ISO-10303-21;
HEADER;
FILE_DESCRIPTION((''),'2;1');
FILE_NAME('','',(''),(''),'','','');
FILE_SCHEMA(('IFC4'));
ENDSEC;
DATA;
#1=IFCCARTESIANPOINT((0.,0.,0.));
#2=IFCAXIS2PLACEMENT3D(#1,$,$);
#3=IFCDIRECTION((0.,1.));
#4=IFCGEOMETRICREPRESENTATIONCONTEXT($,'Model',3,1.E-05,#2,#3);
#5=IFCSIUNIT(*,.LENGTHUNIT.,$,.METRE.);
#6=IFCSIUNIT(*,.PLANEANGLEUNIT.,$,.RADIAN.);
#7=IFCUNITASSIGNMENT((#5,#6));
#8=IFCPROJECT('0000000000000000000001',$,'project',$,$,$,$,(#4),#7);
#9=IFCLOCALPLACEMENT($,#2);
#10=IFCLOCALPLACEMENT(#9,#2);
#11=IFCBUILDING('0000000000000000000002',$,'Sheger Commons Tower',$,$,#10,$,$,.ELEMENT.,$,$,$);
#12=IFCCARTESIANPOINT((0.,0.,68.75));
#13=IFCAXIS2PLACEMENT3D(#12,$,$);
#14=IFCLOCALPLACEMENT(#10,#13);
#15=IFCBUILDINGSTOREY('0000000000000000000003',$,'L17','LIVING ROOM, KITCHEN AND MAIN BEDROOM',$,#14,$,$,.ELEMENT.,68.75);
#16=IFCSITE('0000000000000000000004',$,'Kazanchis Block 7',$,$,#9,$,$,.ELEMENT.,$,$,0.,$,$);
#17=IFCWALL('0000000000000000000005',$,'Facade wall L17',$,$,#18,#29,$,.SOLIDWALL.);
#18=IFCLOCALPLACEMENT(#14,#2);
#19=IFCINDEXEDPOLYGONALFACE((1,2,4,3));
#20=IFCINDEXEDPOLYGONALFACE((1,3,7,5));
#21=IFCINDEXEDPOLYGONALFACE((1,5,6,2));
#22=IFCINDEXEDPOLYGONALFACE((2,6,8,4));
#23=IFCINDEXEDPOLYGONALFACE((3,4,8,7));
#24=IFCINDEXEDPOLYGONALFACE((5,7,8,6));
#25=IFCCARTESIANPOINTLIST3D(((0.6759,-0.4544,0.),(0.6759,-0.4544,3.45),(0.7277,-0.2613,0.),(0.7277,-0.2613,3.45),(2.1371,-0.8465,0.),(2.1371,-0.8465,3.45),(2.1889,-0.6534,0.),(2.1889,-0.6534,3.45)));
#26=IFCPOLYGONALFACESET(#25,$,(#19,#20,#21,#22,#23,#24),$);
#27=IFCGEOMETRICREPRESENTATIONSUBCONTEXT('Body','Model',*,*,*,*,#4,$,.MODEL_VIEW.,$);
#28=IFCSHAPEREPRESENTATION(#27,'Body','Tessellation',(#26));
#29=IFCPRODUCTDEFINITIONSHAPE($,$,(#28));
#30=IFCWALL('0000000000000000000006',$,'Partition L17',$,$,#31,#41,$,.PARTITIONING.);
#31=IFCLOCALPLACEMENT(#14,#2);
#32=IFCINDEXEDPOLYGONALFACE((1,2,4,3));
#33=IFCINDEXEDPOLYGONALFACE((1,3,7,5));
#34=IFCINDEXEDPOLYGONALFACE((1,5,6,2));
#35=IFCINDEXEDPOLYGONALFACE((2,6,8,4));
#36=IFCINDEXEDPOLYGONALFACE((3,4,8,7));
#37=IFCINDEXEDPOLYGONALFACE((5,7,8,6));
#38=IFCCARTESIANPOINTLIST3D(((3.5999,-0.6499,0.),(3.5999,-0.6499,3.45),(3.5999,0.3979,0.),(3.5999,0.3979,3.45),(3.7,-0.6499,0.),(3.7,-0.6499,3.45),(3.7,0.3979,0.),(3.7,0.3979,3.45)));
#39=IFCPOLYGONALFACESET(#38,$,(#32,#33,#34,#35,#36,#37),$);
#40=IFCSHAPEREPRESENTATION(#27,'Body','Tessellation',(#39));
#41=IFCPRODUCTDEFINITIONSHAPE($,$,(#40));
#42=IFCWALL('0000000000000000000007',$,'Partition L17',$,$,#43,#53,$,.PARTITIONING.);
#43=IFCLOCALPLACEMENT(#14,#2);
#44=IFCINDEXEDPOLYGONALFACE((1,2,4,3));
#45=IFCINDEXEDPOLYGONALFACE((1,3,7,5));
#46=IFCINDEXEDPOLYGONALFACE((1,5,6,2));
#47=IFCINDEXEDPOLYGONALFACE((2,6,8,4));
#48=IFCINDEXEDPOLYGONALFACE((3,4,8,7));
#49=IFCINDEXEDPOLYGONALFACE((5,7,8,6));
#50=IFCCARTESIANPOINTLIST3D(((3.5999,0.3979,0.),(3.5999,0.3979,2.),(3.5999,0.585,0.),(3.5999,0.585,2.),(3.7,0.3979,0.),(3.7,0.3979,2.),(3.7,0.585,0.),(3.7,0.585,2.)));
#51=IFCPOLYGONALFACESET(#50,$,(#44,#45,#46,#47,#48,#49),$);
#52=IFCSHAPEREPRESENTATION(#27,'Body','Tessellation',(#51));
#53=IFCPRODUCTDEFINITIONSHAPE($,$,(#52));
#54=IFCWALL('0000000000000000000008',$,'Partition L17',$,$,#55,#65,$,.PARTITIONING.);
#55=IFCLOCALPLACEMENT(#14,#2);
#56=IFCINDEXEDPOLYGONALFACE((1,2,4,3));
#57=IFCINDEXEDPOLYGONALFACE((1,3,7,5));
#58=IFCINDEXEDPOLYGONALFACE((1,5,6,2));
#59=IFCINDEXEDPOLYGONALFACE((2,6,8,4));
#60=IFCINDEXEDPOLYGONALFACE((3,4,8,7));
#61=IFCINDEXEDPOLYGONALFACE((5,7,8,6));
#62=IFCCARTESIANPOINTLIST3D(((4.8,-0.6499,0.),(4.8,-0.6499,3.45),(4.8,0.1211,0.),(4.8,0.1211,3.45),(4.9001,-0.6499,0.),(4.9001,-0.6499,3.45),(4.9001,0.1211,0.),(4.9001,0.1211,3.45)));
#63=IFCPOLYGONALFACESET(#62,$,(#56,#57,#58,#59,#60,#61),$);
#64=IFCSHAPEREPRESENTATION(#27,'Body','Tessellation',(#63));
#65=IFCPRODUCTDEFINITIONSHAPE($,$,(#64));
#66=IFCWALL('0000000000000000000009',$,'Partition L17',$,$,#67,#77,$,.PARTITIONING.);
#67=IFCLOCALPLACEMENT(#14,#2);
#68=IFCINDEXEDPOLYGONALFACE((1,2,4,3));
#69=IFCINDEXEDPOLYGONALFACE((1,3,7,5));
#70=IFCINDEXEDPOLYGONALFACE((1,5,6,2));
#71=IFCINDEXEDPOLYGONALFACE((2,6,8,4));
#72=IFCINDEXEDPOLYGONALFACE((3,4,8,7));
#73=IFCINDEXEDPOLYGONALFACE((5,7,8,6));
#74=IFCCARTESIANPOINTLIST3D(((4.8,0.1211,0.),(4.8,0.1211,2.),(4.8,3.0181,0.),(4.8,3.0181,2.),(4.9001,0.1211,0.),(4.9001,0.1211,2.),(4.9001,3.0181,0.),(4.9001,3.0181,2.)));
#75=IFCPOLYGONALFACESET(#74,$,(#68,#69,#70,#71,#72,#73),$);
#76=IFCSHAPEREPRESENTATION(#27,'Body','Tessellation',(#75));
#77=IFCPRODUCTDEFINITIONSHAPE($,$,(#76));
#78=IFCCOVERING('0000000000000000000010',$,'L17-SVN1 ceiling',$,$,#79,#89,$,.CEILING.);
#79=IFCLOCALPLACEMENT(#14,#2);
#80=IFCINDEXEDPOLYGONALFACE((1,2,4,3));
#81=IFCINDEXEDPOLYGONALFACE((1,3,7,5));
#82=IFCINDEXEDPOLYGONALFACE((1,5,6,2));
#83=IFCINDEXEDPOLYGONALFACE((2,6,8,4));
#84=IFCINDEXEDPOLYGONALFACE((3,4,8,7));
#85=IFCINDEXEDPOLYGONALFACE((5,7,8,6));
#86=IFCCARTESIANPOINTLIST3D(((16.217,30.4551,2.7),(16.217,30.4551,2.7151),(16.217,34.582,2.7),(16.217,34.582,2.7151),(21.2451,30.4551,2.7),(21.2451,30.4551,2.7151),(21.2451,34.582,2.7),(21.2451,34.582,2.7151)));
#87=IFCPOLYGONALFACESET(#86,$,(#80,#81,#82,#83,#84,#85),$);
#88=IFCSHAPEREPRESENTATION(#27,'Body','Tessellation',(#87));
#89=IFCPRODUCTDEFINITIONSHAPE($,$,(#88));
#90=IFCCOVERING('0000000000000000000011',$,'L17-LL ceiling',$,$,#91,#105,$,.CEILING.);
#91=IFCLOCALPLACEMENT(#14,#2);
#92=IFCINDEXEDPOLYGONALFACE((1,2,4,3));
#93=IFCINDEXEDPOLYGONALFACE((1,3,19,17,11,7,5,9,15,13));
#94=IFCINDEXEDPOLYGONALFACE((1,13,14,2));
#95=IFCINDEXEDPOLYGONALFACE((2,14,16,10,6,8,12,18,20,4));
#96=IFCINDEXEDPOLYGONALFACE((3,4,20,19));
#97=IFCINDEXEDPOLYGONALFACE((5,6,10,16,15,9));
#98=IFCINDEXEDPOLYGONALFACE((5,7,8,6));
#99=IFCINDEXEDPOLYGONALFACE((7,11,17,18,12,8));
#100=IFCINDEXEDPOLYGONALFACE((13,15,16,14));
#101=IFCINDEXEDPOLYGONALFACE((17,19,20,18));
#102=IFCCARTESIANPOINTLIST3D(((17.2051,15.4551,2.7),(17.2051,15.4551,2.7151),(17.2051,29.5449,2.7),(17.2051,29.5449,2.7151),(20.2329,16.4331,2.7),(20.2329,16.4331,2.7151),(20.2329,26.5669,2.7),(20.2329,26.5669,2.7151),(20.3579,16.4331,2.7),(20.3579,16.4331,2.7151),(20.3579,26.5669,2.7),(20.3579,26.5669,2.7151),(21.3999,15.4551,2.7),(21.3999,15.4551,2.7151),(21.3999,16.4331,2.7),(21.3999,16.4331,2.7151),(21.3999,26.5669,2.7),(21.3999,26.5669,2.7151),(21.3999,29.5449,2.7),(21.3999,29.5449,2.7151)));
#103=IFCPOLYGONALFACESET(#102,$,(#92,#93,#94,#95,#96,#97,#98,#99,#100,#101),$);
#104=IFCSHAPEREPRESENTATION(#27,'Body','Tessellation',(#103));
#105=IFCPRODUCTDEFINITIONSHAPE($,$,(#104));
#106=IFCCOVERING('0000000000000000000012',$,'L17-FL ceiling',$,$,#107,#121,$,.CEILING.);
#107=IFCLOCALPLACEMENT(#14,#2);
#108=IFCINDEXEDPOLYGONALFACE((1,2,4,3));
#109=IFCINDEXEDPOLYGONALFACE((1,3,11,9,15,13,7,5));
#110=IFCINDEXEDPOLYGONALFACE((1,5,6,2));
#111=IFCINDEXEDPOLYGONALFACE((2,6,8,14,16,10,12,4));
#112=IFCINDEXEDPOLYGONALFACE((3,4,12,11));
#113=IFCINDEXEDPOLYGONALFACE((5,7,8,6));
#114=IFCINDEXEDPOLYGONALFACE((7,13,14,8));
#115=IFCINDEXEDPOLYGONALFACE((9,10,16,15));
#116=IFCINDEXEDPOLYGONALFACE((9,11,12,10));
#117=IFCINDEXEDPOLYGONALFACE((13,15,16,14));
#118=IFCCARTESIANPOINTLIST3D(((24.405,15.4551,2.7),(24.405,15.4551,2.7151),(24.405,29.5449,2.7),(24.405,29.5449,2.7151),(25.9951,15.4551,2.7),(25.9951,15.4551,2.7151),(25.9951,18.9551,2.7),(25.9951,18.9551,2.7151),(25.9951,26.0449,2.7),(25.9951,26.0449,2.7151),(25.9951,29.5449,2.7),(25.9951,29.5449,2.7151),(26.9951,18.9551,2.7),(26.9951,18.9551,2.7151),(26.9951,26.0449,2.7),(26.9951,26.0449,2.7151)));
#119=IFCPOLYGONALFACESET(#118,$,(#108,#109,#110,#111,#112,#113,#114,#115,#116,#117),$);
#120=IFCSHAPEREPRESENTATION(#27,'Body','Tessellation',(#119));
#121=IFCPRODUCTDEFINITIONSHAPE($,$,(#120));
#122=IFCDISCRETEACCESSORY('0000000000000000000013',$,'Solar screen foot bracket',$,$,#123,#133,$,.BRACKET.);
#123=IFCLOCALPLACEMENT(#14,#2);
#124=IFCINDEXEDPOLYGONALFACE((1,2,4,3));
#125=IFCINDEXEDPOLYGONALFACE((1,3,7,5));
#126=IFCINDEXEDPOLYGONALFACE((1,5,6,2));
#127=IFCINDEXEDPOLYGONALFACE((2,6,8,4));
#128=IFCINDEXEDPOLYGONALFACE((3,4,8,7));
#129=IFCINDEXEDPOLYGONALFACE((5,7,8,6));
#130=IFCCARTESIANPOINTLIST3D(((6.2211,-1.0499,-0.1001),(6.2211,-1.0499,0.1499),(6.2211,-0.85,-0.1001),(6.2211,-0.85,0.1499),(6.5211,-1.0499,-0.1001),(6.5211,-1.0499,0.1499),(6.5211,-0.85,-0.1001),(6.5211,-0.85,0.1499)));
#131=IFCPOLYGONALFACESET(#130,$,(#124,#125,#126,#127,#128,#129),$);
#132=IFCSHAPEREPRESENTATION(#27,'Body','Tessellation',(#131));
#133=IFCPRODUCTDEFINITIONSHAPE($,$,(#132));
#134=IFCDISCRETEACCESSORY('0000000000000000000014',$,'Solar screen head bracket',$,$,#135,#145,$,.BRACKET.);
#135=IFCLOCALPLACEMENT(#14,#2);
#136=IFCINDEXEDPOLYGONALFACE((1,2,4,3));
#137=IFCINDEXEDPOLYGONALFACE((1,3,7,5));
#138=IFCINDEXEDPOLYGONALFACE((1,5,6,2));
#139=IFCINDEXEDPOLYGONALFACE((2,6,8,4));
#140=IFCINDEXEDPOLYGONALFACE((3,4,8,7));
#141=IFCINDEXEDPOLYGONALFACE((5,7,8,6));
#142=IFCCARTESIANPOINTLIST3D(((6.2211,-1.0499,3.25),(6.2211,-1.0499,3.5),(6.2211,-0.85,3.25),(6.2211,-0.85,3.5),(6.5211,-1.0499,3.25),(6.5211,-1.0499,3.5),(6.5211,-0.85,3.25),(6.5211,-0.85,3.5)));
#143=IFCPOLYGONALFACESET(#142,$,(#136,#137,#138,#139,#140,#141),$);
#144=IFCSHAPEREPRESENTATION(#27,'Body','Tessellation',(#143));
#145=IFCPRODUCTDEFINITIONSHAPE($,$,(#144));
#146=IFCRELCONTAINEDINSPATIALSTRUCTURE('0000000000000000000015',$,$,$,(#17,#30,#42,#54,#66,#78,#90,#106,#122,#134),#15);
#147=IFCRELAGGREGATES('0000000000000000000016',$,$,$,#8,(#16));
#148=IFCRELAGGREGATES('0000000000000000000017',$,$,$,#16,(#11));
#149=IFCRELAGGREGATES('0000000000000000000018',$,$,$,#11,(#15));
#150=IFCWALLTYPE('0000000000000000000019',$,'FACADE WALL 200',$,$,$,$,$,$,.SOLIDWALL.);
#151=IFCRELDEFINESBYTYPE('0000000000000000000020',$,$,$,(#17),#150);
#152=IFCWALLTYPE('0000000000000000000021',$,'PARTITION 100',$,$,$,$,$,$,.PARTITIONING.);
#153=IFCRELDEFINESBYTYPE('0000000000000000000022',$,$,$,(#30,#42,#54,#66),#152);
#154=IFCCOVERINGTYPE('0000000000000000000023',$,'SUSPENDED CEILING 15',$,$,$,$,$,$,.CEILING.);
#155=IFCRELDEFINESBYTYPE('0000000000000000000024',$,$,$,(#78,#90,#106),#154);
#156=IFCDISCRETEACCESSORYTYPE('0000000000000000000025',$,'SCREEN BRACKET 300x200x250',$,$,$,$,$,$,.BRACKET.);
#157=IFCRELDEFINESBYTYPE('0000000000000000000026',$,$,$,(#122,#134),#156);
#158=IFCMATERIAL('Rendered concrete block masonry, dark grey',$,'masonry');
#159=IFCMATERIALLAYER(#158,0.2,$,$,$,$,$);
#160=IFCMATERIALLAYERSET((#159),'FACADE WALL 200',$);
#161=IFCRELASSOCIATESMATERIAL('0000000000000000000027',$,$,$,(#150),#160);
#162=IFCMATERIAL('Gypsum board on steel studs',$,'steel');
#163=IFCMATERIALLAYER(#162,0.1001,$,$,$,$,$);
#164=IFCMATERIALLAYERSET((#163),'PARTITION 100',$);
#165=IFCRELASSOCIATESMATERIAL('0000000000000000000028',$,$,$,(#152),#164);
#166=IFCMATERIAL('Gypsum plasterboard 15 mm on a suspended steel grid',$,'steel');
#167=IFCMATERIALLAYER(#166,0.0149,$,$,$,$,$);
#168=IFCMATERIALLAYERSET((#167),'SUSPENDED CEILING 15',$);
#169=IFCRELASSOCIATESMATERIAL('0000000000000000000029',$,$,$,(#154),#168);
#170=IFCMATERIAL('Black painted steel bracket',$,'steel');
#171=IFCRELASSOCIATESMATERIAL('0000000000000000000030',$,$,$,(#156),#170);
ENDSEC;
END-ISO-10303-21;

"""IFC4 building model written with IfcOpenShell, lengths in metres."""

from ifc_helpers import new_model, si_unit, direction, frame, frame_2d, origin, origin_2d, place, context, subcontext, project, spatial, polyline, rectangle, outline, extrude, material, layer, layer_set, type_object, element, save


model = new_model("IFC4")

# Units and contexts
model_context = context("Model", 3, precision=1e-05, world=origin(), true_north=direction((0.0, 1.0)))
body_context = subcontext(model_context, "Body", "Model", "MODEL_VIEW")
ifc_project = project(units=[si_unit("LENGTHUNIT", "METRE"), si_unit("PLANEANGLEUNIT", "RADIAN")], contexts=[model_context])

# Site, building, storey
site_placement = place(None, origin())
site = spatial("IfcSite", under=ifc_project, at=site_placement, Name="Kazanchis Block 7", CompositionType="ELEMENT", RefElevation=0.0)
building_placement = place(site_placement, origin())
building = spatial("IfcBuilding", under=site, at=building_placement, Name="Sheger Commons Tower", CompositionType="ELEMENT")
storey_placement = place(building_placement, frame((0.0, 0.0, 68.75)))
storey = spatial("IfcBuildingStorey", under=building, at=storey_placement, Name="L17", Description="LIVING ROOM, KITCHEN AND MAIN BEDROOM", CompositionType="ELEMENT", Elevation=68.75)

# Shared definitions
ifc_material_1 = material(Name="Rendered concrete block masonry, dark grey", Category="masonry")
ifc_layer_1 = layer(ifc_material_1, 0.2)
ifc_layer_set_1 = layer_set([ifc_layer_1], Name="FACADE WALL 200")
wall_type_1 = type_object("IfcWallType", Name="FACADE WALL 200", PredefinedType="SOLIDWALL", material=ifc_layer_set_1)

# Walls
wall_1_placement = place(storey_placement, frame((0.7019, -0.3579, 0.0), z_axis=(0.0, 0.0, 1.0), x_axis=(0.965832, -0.259169, 0.0)))
element("IfcWall", 1, at=wall_1_placement, inside=storey, type_object=wall_type_1, Name="Facade wall L17", PredefinedType="SOLIDWALL", context=body_context, shape_type="SweptSolid", body=[
    extrude(rectangle(XDim=1.5129, YDim=0.2, at=frame_2d((0.7563, 0.0))), origin(), (0.0, 0.0, 1.0), 3.45),
])
ifc_material_2 = material(Name="Gypsum board on steel studs", Category="steel")
ifc_layer_2 = layer(ifc_material_2, 0.1001)
ifc_layer_set_2 = layer_set([ifc_layer_2], Name="PARTITION 100")
wall_type_2 = type_object("IfcWallType", Name="PARTITION 100", PredefinedType="PARTITIONING", material=ifc_layer_set_2)
wall_2_placement = place(storey_placement, frame((3.6499, -0.6499, 0.0), z_axis=(0.0, 0.0, 1.0), x_axis=(0.0, 1.0, 0.0)))
element("IfcWall", 2, at=wall_2_placement, inside=storey, type_object=wall_type_2, Name="Partition L17", PredefinedType="PARTITIONING", context=body_context, shape_type="SweptSolid", body=[
    extrude(rectangle(XDim=1.0479, YDim=0.1001, at=frame_2d((0.5239, 0.0))), origin(), (0.0, 0.0, 1.0), 3.45),
])
wall_3_placement = place(storey_placement, frame((3.6499, 0.3979, 0.0), z_axis=(0.0, 0.0, 1.0), x_axis=(0.0, 1.0, 0.0)))
element("IfcWall", 3, at=wall_3_placement, inside=storey, type_object=wall_type_2, Name="Partition L17", PredefinedType="PARTITIONING", context=body_context, shape_type="SweptSolid", body=[
    extrude(rectangle(XDim=0.187, YDim=0.1001, at=frame_2d((0.0935, 0.0))), origin(), (0.0, 0.0, 1.0), 2.0),
])
wall_4_placement = place(storey_placement, frame((4.8501, -0.6499, 0.0), z_axis=(0.0, 0.0, 1.0), x_axis=(0.0, 1.0, 0.0)))
element("IfcWall", 4, at=wall_4_placement, inside=storey, type_object=wall_type_2, Name="Partition L17", PredefinedType="PARTITIONING", context=body_context, shape_type="SweptSolid", body=[
    extrude(rectangle(XDim=0.771, YDim=0.1001, at=frame_2d((0.3855, 0.0))), origin(), (0.0, 0.0, 1.0), 3.45),
])
wall_5_placement = place(storey_placement, frame((4.8501, 0.1211, 0.0), z_axis=(0.0, 0.0, 1.0), x_axis=(0.0, 1.0, 0.0)))
element("IfcWall", 5, at=wall_5_placement, inside=storey, type_object=wall_type_2, Name="Partition L17", PredefinedType="PARTITIONING", context=body_context, shape_type="SweptSolid", body=[
    extrude(rectangle(XDim=2.897, YDim=0.1001, at=frame_2d((1.4485, 0.0))), origin(), (0.0, 0.0, 1.0), 2.0),
])

# Coverings
ifc_material_3 = material(Name="Gypsum plasterboard 15 mm on a suspended steel grid", Category="steel")
ifc_layer_3 = layer(ifc_material_3, 0.0149)
ifc_layer_set_3 = layer_set([ifc_layer_3], Name="SUSPENDED CEILING 15")
covering_type = type_object("IfcCoveringType", Name="SUSPENDED CEILING 15", PredefinedType="CEILING", material=ifc_layer_set_3)
covering_1_placement = place(storey_placement, frame((0.0, 0.0, 2.7)))
element("IfcCovering", 6, at=covering_1_placement, inside=storey, type_object=covering_type, Name="L17-SVN1 ceiling", PredefinedType="CEILING", context=body_context, shape_type="SweptSolid", body=[
    extrude(outline(polyline([(16.217, 30.4551), (21.2451, 30.4551), (21.2451, 34.582), (16.217, 34.582), (16.217, 30.4551)])), origin(), (0.0, 0.0, 1.0), 0.0151),
])
covering_2_placement = place(storey_placement, frame((0.0, 0.0, 2.7)))
element("IfcCovering", 7, at=covering_2_placement, inside=storey, type_object=covering_type, Name="L17-LL ceiling", PredefinedType="CEILING", context=body_context, shape_type="SweptSolid", body=[
    extrude(outline(polyline([(17.2051, 15.4551), (21.3999, 15.4551), (21.3999, 16.4331), (20.3579, 16.4331), (20.2329, 16.4331), (20.2329, 26.5669), (20.3579, 26.5669), (21.3999, 26.5669), (21.3999, 29.5449), (17.2051, 29.5449), (17.2051, 15.4551)])), origin(), (0.0, 0.0, 1.0), 0.0151),
])
covering_3_placement = place(storey_placement, frame((0.0, 0.0, 2.7)))
element("IfcCovering", 8, at=covering_3_placement, inside=storey, type_object=covering_type, Name="L17-FL ceiling", PredefinedType="CEILING", context=body_context, shape_type="SweptSolid", body=[
    extrude(outline(polyline([(24.405, 15.4551), (25.9951, 15.4551), (25.9951, 18.9551), (26.9951, 18.9551), (26.9951, 26.0449), (25.9951, 26.0449), (25.9951, 29.5449), (24.405, 29.5449), (24.405, 15.4551)])), origin(), (0.0, 0.0, 1.0), 0.0151),
])

# Discrete accessories
ifc_material_4 = material(Name="Black painted steel bracket", Category="steel")
discrete_accessory_type = type_object("IfcDiscreteAccessoryType", Name="SCREEN BRACKET 300x200x250", PredefinedType="BRACKET", material=ifc_material_4)
for number, where, z_axis, x_axis, name in (
    (9, (6.3711, -0.95, -0.1001), (0.0, 0.0, 1.0), (1.0, 0.0, 0.0), "Solar screen foot bracket"),
    (10, (6.3711, -0.95, 3.25), (0.0, 0.0, 1.0), (1.0, 0.0, 0.0), "Solar screen head bracket"),
):
    element("IfcDiscreteAccessory", number, at=place(storey_placement, frame(where, z_axis=z_axis, x_axis=x_axis)), inside=storey, type_object=discrete_accessory_type, Name=name, PredefinedType="BRACKET", context=body_context, shape_type="SweptSolid", body=[
        extrude(rectangle(XDim=0.3, YDim=0.2, at=origin_2d()), origin(), (0.0, 0.0, 1.0), 0.25),
    ])

save(model, "model.ifc")
